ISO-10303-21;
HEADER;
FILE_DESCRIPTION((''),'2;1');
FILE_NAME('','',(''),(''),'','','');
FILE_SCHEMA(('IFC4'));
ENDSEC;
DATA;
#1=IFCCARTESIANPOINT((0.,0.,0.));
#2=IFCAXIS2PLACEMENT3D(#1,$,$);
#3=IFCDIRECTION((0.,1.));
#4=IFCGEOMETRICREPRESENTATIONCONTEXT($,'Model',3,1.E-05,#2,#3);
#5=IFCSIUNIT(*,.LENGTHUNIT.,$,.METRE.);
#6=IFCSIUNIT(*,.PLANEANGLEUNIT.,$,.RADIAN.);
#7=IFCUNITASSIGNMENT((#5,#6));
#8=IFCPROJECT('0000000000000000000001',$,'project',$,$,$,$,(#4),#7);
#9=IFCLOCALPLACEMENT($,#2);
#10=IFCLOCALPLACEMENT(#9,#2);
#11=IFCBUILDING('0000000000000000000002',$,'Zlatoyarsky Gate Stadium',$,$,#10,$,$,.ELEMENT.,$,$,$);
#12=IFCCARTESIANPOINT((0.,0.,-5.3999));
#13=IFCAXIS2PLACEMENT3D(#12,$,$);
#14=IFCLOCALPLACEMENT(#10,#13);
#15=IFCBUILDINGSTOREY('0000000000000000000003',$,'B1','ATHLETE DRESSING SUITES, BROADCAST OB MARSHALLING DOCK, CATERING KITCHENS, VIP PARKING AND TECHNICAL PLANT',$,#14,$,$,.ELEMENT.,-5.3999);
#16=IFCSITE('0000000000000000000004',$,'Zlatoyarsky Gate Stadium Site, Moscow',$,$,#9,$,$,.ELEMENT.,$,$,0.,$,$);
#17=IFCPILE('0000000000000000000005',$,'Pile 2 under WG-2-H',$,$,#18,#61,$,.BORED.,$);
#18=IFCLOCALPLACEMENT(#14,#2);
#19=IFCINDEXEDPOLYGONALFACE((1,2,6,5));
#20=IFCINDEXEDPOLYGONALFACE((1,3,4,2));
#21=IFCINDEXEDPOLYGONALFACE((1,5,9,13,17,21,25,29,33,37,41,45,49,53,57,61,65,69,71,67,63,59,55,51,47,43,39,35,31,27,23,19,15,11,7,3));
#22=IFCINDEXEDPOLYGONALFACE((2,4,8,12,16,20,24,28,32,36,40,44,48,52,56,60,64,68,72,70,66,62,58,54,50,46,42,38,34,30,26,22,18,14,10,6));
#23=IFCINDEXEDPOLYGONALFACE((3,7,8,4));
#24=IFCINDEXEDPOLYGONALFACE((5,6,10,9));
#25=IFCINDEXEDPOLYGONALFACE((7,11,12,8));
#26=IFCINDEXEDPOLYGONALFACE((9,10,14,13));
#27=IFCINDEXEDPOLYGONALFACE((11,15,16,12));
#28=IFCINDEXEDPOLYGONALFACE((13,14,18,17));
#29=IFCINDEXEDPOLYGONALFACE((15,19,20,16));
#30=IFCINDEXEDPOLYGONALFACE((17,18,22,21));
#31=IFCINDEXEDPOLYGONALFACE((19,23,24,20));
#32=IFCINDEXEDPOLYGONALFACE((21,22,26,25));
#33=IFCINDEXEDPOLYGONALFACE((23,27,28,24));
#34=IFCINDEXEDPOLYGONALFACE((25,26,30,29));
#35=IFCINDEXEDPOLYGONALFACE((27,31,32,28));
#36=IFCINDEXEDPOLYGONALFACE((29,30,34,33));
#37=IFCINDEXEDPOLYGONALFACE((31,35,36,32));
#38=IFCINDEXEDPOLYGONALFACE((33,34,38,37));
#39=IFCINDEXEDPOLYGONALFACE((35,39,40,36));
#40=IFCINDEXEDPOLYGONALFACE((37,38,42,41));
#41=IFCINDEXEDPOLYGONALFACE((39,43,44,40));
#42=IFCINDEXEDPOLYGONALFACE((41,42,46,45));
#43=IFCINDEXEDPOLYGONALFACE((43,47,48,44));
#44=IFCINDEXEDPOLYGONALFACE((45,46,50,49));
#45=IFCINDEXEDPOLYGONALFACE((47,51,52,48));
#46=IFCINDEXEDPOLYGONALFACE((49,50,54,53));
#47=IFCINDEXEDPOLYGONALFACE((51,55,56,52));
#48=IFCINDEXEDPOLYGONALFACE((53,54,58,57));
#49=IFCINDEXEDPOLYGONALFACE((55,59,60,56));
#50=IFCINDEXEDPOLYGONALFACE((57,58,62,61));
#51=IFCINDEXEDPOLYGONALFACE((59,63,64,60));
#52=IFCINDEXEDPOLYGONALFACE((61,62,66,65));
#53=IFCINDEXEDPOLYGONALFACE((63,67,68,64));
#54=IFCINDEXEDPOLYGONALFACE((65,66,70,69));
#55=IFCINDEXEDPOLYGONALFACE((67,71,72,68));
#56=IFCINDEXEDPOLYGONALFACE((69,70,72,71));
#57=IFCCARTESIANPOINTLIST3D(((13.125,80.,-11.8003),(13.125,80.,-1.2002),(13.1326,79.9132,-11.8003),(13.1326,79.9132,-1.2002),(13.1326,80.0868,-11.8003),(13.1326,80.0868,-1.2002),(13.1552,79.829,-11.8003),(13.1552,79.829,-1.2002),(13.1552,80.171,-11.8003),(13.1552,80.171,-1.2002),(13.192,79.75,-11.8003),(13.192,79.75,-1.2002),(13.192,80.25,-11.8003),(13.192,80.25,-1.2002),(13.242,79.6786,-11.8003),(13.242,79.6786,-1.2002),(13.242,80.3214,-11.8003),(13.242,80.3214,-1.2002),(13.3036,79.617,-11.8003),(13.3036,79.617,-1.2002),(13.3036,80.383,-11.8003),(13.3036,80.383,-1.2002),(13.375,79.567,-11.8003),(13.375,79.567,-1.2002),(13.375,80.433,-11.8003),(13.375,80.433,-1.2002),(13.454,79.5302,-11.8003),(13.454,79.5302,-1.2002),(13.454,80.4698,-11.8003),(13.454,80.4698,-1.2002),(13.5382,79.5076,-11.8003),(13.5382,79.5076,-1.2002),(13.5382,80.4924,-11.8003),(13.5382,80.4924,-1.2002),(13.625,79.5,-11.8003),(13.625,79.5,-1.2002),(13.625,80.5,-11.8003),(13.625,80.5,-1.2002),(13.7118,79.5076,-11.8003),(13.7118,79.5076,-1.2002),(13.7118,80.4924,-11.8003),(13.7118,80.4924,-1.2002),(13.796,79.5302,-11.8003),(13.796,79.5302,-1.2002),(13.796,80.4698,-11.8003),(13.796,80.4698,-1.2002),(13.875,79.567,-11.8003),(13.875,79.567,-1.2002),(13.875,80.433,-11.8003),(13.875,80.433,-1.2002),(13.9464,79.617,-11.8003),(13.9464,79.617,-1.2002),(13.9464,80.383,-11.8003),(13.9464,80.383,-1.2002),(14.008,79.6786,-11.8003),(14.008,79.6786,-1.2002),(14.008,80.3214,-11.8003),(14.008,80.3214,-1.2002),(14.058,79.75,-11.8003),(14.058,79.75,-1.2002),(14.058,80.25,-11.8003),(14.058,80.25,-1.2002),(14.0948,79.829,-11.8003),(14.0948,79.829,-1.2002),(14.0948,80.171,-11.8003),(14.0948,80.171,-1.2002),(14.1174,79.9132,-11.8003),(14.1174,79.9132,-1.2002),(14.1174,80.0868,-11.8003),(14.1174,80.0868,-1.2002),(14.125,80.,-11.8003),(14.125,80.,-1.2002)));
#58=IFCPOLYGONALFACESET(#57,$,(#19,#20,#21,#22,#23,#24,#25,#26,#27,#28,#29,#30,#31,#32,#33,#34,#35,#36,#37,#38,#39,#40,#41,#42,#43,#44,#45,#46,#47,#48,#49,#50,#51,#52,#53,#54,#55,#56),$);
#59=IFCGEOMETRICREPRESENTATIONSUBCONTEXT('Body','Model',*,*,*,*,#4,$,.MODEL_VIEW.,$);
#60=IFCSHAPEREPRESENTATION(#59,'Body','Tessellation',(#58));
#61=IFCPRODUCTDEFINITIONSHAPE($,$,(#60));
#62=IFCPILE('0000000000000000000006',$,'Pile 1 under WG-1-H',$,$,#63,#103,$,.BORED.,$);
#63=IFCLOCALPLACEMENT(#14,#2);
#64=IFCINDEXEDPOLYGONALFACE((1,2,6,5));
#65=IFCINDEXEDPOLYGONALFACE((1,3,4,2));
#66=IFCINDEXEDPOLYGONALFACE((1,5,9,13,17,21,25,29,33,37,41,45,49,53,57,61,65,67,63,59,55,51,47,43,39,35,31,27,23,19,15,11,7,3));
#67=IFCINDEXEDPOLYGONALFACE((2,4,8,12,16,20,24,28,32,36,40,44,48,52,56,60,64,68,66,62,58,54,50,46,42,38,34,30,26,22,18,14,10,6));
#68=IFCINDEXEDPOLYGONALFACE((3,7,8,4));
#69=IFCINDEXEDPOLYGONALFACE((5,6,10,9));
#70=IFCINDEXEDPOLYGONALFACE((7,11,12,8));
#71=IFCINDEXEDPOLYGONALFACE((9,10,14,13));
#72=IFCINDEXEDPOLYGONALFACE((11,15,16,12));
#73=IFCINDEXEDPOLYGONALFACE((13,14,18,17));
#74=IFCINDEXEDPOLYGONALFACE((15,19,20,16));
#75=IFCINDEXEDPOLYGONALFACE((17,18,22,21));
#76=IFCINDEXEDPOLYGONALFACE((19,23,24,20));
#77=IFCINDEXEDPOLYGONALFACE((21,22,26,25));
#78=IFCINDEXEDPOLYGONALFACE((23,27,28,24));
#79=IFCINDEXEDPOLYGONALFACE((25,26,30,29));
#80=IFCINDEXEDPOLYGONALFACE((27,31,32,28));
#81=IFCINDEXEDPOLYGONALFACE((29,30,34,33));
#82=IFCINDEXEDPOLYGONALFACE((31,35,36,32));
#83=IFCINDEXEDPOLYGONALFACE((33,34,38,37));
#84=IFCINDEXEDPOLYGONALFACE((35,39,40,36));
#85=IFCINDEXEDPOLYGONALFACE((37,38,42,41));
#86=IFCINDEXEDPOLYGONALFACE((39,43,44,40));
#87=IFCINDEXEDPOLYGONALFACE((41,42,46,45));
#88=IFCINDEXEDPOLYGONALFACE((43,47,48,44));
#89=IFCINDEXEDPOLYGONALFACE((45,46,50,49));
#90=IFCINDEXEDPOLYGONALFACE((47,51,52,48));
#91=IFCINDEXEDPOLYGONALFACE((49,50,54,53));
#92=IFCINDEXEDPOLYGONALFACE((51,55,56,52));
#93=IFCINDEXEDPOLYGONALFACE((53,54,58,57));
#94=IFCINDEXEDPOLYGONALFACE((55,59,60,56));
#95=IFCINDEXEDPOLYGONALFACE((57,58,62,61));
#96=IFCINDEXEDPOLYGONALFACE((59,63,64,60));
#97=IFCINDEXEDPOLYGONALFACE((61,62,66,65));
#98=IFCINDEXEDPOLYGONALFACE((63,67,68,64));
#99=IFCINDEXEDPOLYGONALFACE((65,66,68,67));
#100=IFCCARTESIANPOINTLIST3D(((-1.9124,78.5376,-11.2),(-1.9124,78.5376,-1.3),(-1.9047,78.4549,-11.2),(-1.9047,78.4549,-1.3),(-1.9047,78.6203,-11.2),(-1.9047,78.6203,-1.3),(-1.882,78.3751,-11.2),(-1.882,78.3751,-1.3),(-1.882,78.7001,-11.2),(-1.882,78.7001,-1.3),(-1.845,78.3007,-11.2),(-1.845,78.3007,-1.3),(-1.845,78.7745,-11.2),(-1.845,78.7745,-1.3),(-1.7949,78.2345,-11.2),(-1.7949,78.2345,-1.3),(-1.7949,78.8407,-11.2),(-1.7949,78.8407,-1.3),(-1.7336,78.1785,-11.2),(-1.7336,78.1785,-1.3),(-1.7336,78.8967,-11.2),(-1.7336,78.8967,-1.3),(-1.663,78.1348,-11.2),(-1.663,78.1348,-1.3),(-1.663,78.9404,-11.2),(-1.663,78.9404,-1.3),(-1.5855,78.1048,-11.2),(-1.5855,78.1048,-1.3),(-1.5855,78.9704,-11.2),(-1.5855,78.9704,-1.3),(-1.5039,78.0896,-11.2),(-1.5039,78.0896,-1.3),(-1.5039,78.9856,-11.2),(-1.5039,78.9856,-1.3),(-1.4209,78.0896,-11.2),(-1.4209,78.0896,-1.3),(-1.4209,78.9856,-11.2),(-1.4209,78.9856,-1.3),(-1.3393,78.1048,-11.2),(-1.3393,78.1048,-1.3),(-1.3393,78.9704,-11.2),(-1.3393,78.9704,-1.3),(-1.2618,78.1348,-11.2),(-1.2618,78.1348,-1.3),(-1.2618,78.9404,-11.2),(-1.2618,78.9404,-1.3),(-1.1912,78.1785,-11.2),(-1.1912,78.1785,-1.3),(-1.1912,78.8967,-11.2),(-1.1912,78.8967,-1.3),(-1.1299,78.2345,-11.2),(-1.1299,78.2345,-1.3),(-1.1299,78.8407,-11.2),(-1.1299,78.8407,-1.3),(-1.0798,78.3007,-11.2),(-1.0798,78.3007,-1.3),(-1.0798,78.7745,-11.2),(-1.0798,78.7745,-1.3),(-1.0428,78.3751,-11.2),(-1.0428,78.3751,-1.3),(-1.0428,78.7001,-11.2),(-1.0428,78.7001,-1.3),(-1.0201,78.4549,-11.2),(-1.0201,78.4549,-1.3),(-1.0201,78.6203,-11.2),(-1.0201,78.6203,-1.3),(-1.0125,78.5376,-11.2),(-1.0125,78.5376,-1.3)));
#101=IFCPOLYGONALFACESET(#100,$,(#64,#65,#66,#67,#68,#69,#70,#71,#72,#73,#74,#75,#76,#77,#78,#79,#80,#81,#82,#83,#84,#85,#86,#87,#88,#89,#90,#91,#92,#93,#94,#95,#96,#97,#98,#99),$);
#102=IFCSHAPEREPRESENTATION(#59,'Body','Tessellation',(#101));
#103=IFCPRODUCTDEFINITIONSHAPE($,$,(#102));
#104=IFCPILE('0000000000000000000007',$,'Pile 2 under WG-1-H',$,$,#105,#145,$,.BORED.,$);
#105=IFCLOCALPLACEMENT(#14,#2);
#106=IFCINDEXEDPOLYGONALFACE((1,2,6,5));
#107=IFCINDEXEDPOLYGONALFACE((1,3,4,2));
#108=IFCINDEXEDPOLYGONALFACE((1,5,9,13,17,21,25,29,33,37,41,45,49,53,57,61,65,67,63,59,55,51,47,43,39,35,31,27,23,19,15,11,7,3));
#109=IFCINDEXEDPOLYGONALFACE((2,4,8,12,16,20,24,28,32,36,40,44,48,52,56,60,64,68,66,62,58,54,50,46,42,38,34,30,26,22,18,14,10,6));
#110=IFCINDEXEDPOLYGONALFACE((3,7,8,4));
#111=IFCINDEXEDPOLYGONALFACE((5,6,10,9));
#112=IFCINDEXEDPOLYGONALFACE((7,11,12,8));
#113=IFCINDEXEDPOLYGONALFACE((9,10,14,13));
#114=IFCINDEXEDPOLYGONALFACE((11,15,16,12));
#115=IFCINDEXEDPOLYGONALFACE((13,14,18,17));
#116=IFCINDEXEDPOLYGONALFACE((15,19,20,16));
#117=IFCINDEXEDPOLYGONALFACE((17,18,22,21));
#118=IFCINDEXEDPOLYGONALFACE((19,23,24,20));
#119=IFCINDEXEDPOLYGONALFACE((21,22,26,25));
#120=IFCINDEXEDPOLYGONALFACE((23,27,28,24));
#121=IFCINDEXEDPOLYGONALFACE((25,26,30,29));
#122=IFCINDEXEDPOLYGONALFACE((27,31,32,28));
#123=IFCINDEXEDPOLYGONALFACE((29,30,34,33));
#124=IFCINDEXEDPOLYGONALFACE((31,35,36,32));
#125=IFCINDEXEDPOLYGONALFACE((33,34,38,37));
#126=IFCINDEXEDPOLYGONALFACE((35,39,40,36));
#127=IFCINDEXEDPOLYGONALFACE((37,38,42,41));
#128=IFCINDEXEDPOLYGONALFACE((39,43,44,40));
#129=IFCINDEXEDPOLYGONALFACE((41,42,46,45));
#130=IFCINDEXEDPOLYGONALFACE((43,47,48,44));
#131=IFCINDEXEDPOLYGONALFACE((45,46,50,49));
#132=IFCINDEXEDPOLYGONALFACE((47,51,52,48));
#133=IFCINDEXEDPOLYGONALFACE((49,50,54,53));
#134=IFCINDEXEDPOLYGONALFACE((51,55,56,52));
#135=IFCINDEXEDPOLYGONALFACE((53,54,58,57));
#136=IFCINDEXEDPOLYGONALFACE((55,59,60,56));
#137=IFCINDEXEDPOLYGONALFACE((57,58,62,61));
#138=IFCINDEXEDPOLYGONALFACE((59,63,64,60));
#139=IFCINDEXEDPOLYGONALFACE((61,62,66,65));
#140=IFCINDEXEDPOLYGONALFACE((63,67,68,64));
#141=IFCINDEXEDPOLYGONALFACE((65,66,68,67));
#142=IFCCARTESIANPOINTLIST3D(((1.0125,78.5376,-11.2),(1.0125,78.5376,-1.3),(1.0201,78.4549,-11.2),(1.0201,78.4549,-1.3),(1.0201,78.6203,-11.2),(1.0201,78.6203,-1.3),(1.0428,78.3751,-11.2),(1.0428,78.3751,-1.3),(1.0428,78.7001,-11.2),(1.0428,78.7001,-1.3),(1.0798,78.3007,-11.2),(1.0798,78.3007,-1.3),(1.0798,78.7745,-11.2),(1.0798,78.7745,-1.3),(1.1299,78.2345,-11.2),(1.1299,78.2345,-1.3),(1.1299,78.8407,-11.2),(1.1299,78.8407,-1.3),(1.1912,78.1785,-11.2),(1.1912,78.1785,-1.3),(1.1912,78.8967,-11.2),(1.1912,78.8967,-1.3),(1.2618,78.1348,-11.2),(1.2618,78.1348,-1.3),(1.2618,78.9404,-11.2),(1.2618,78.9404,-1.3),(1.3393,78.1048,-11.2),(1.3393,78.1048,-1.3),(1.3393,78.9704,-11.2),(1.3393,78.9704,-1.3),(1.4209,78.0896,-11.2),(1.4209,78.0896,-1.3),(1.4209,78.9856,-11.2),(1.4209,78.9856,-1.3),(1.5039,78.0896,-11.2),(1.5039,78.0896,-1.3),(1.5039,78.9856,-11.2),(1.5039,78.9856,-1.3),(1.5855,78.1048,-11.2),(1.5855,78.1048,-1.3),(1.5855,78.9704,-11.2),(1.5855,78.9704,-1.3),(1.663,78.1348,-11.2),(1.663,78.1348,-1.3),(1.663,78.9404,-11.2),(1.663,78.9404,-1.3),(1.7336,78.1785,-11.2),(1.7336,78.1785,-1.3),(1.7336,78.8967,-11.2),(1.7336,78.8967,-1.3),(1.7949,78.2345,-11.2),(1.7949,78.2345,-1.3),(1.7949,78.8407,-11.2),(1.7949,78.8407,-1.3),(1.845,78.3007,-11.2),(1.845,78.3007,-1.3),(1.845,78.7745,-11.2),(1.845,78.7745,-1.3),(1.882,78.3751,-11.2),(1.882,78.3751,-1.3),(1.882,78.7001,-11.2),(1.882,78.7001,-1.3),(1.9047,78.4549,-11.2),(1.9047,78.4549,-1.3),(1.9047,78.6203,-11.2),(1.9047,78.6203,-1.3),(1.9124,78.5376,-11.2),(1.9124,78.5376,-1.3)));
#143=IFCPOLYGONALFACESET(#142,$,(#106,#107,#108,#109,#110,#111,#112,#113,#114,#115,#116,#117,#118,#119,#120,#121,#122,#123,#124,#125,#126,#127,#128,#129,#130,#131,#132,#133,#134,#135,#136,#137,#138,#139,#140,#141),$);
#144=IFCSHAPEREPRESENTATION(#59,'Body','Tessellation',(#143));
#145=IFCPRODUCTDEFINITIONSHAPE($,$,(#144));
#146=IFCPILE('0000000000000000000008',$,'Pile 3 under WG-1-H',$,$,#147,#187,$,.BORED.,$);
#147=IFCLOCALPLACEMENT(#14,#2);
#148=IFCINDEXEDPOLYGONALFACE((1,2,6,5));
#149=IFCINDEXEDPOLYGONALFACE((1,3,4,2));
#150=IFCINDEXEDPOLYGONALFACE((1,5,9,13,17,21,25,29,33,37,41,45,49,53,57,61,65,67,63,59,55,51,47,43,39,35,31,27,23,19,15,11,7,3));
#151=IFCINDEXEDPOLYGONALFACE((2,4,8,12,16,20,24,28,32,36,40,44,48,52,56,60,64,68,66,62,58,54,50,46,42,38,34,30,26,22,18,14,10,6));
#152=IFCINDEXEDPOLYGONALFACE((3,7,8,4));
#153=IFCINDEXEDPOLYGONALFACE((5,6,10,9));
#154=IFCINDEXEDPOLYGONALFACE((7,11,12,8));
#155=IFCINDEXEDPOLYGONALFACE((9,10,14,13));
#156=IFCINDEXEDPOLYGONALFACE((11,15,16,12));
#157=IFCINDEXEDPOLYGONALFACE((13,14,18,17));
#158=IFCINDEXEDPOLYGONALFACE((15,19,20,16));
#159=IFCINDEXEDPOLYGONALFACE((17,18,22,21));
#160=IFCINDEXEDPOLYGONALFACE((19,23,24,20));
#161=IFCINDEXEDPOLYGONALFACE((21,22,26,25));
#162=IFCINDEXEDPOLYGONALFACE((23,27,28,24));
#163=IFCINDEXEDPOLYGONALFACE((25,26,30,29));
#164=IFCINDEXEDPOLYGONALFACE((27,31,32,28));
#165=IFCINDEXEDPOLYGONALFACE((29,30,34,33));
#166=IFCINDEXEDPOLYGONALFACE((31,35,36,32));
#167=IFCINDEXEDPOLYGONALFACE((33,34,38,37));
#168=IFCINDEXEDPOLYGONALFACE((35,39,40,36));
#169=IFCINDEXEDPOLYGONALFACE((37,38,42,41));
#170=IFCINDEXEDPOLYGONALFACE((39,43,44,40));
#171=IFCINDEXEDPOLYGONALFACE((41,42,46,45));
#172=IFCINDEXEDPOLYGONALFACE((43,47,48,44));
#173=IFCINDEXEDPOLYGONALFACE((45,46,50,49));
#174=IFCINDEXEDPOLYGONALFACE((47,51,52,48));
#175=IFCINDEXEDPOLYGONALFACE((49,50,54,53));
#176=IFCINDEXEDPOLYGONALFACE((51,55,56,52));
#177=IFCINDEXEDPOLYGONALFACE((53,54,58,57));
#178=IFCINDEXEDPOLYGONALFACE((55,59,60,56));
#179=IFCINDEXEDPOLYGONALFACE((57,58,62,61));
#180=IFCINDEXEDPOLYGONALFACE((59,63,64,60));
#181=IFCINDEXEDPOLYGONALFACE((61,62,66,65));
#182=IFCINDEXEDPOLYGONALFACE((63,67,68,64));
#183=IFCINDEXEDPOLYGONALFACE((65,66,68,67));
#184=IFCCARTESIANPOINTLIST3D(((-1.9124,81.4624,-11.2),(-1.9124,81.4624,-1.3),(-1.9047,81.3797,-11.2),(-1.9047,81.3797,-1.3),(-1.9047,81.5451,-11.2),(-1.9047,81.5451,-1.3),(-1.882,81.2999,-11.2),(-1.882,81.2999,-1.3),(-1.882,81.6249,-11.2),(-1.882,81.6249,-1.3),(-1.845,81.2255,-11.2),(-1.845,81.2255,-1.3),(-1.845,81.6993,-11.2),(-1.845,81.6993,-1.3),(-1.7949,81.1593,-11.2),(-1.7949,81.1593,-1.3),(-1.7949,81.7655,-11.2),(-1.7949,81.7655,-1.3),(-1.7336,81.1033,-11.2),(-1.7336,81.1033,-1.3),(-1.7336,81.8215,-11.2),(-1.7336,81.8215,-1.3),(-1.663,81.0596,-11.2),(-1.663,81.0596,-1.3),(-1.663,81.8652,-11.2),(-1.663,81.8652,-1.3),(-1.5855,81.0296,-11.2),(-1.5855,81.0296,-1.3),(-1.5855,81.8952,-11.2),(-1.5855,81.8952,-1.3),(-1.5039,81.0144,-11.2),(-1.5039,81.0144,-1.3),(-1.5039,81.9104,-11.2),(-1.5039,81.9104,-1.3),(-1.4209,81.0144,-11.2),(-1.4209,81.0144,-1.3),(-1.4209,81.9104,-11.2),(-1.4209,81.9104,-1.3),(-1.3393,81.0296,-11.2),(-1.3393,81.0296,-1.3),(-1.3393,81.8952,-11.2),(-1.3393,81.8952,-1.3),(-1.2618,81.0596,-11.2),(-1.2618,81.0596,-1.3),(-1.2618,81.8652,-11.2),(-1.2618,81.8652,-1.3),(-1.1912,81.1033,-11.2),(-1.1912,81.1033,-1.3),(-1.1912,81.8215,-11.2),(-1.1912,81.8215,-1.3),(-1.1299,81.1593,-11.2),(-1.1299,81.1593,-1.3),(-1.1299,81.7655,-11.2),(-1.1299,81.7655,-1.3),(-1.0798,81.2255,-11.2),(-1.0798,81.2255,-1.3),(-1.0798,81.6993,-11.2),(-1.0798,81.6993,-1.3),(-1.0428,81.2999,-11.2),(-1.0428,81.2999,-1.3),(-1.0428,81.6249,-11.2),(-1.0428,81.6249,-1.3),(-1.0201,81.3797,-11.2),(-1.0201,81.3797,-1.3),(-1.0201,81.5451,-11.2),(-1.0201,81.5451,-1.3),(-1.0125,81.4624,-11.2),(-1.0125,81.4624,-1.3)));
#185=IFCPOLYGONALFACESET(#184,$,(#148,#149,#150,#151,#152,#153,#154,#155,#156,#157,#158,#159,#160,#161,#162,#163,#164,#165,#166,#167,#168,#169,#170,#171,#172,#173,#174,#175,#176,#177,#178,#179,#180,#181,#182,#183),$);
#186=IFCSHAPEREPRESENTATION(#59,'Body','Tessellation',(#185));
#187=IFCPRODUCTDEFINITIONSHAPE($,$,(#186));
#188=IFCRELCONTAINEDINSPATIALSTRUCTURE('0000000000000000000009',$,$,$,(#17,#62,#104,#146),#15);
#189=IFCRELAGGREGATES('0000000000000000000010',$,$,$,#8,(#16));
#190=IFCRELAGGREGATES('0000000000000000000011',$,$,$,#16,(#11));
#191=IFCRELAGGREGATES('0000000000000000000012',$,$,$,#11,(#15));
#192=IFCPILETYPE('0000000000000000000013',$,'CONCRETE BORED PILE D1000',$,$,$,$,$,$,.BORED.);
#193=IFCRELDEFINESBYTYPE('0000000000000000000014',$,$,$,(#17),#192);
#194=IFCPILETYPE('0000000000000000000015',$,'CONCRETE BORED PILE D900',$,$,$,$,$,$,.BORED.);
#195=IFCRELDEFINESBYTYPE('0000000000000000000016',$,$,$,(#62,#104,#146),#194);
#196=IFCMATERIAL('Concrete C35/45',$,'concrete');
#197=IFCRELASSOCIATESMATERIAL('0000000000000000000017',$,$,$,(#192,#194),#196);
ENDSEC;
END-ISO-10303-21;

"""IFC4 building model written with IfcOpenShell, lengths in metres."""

from ifc_helpers import new_model, si_unit, direction, frame, origin, origin_2d, place, context, subcontext, project, spatial, circle, extrude, material, material_profile, profile_set, type_object, element, save


model = new_model("IFC4")

# Units and contexts
model_context = context("Model", 3, precision=1e-05, world=origin(), true_north=direction((0.0, 1.0)))
body_context = subcontext(model_context, "Body", "Model", "MODEL_VIEW")
ifc_project = project(units=[si_unit("LENGTHUNIT", "METRE"), si_unit("PLANEANGLEUNIT", "RADIAN")], contexts=[model_context])

# Site, building, storey
site_placement = place(None, origin())
site = spatial("IfcSite", under=ifc_project, at=site_placement, Name="Zlatoyarsky Gate Stadium Site, Moscow", CompositionType="ELEMENT", RefElevation=0.0)
building_placement = place(site_placement, origin())
building = spatial("IfcBuilding", under=site, at=building_placement, Name="Zlatoyarsky Gate Stadium", CompositionType="ELEMENT")
storey_placement = place(building_placement, frame((0.0, 0.0, -5.3999)))
storey = spatial("IfcBuildingStorey", under=building, at=storey_placement, Name="B1", Description="ATHLETE DRESSING SUITES, BROADCAST OB MARSHALLING DOCK, CATERING KITCHENS, VIP PARKING AND TECHNICAL PLANT", CompositionType="ELEMENT", Elevation=-5.3999)

# Piles
ifc_material_1 = material(Name="Concrete C35/45", Category="concrete")
ifc_material_profile_1 = material_profile(ifc_material_1, circle(Radius=0.5, at=origin_2d()), Name="BORED PILE D1000")
ifc_profile_set_1 = profile_set([ifc_material_profile_1], Name="Concrete C35/45")
pile_type_1 = type_object("IfcPileType", Name="CONCRETE BORED PILE D1000", PredefinedType="BORED", material=ifc_profile_set_1)
for number, where, z_axis, x_axis, name in (
    (1, (13.625, 80.0, -1.2002), (0.0, 0.0, -1.0), (1.0, 0.0, 0.0), "Pile 2 under WG-2-H"),
):
    element("IfcPile", number, at=place(storey_placement, frame(where, z_axis=z_axis, x_axis=x_axis)), inside=storey, type_object=pile_type_1, Name=name, PredefinedType="BORED", context=body_context, shape_type="SweptSolid", body=[
        extrude(circle(Radius=0.5, at=origin_2d()), origin(), (0.0, 0.0, 1.0), 10.6001),
    ])
ifc_material_profile_2 = material_profile(ifc_material_1, circle(Radius=0.45, at=origin_2d()), Name="BORED PILE D900")
ifc_profile_set_2 = profile_set([ifc_material_profile_2], Name="Concrete C35/45")
pile_type_2 = type_object("IfcPileType", Name="CONCRETE BORED PILE D900", PredefinedType="BORED", material=ifc_profile_set_2)
for number, where, z_axis, x_axis, name in (
    (2, (-1.4624, 78.5376, -1.3), (0.0, 0.0, -1.0), (1.0, 0.0, 0.0), "Pile 1 under WG-1-H"),
    (3, (1.4624, 78.5376, -1.3), (0.0, 0.0, -1.0), (1.0, 0.0, 0.0), "Pile 2 under WG-1-H"),
    (4, (-1.4624, 81.4624, -1.3), (0.0, 0.0, -1.0), (1.0, 0.0, 0.0), "Pile 3 under WG-1-H"),
):
    element("IfcPile", number, at=place(storey_placement, frame(where, z_axis=z_axis, x_axis=x_axis)), inside=storey, type_object=pile_type_2, Name=name, PredefinedType="BORED", context=body_context, shape_type="SweptSolid", body=[
        extrude(circle(Radius=0.45, at=origin_2d()), origin(), (0.0, 0.0, 1.0), 9.8999),
    ])

save(model, "model.ifc")
